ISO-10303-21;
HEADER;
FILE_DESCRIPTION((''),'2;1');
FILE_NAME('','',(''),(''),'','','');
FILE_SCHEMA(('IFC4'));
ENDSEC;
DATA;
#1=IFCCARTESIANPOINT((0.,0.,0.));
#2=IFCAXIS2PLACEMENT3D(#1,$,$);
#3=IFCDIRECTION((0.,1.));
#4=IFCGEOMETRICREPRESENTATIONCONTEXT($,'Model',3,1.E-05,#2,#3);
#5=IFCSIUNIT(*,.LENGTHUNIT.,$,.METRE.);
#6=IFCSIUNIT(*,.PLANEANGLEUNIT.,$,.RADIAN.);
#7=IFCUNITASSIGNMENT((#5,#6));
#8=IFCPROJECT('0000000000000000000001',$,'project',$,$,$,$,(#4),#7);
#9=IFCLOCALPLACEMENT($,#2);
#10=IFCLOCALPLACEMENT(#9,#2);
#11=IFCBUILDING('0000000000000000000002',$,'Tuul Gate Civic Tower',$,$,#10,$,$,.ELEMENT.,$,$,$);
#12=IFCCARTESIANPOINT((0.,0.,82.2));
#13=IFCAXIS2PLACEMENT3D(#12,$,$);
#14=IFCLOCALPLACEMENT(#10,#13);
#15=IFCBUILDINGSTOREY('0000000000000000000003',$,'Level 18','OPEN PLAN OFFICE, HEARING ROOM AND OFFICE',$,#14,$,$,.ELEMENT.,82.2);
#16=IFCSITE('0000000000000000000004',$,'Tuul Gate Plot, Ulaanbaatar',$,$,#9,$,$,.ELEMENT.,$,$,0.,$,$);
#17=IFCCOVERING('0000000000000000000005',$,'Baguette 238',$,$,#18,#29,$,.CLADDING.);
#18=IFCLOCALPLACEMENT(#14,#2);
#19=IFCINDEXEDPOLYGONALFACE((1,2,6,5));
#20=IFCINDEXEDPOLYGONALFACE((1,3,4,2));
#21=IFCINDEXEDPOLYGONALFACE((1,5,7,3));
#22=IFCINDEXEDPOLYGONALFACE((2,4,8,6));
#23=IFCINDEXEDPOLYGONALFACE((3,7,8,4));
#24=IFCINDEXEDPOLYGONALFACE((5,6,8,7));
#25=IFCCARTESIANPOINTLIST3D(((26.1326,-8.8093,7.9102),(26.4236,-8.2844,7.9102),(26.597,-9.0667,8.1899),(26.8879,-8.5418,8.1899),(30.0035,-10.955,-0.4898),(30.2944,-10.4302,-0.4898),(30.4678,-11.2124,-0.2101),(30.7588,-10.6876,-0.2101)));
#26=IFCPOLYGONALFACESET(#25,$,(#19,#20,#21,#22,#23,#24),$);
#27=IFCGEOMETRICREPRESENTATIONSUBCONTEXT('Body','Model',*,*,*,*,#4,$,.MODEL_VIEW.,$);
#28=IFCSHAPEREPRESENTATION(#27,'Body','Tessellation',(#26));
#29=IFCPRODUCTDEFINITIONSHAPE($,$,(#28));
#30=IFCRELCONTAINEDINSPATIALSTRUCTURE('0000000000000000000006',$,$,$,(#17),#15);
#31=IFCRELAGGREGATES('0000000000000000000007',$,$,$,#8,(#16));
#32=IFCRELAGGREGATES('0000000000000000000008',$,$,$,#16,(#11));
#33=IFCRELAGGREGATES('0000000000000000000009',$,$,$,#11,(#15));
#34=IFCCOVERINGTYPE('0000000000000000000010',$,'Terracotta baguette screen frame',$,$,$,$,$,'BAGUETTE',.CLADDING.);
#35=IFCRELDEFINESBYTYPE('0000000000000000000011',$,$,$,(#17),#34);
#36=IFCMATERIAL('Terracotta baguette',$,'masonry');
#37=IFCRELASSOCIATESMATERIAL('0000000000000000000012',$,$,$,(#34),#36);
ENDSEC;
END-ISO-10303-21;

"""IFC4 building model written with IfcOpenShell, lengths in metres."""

from ifc_helpers import new_model, si_unit, direction, frame, origin, origin_2d, place, context, subcontext, project, spatial, rectangle, extrude, material, material_profile, profile_set, type_object, element, save


model = new_model("IFC4")

# Units and contexts
model_context = context("Model", 3, precision=1e-05, world=origin(), true_north=direction((0.0, 1.0)))
body_context = subcontext(model_context, "Body", "Model", "MODEL_VIEW")
ifc_project = project(units=[si_unit("LENGTHUNIT", "METRE"), si_unit("PLANEANGLEUNIT", "RADIAN")], contexts=[model_context])

# Site, building, storey
site_placement = place(None, origin())
site = spatial("IfcSite", under=ifc_project, at=site_placement, Name="Tuul Gate Plot, Ulaanbaatar", CompositionType="ELEMENT", RefElevation=0.0)
building_placement = place(site_placement, origin())
building = spatial("IfcBuilding", under=site, at=building_placement, Name="Tuul Gate Civic Tower", CompositionType="ELEMENT")
storey_placement = place(building_placement, frame((0.0, 0.0, 82.2)))
storey = spatial("IfcBuildingStorey", under=building, at=storey_placement, Name="Level 18", Description="OPEN PLAN OFFICE, HEARING ROOM AND OFFICE", CompositionType="ELEMENT", Elevation=82.2)

# Covering
ifc_material_1 = material(Name="Terracotta baguette", Category="masonry")
ifc_material_profile_1 = material_profile(ifc_material_1, rectangle(XDim=0.6001, YDim=0.6001, at=origin_2d()), Name="Terracotta baguette screen frame")
ifc_profile_set_1 = profile_set([ifc_material_profile_1], Name="Terracotta baguette")
covering_type = type_object("IfcCoveringType", Name="Terracotta baguette screen frame", ElementType="BAGUETTE", PredefinedType="CLADDING", material=ifc_profile_set_1)
for number, where, z_axis, x_axis, name in (
    (1, (26.5103, -8.6755, 8.05), (0.407693, -0.225999, -0.88471), (0.484828, 0.87461, 0.0), "Baguette 238"),
):
    element("IfcCovering", number, at=place(storey_placement, frame(where, z_axis=z_axis, x_axis=x_axis)), inside=storey, type_object=covering_type, Name=name, PredefinedType="CLADDING", context=body_context, shape_type="SweptSolid", body=[
        extrude(rectangle(XDim=0.6001, YDim=0.6001, at=origin_2d()), origin(), (0.0, 0.0, 1.0), 9.4946),
    ])

save(model, "model.ifc")
